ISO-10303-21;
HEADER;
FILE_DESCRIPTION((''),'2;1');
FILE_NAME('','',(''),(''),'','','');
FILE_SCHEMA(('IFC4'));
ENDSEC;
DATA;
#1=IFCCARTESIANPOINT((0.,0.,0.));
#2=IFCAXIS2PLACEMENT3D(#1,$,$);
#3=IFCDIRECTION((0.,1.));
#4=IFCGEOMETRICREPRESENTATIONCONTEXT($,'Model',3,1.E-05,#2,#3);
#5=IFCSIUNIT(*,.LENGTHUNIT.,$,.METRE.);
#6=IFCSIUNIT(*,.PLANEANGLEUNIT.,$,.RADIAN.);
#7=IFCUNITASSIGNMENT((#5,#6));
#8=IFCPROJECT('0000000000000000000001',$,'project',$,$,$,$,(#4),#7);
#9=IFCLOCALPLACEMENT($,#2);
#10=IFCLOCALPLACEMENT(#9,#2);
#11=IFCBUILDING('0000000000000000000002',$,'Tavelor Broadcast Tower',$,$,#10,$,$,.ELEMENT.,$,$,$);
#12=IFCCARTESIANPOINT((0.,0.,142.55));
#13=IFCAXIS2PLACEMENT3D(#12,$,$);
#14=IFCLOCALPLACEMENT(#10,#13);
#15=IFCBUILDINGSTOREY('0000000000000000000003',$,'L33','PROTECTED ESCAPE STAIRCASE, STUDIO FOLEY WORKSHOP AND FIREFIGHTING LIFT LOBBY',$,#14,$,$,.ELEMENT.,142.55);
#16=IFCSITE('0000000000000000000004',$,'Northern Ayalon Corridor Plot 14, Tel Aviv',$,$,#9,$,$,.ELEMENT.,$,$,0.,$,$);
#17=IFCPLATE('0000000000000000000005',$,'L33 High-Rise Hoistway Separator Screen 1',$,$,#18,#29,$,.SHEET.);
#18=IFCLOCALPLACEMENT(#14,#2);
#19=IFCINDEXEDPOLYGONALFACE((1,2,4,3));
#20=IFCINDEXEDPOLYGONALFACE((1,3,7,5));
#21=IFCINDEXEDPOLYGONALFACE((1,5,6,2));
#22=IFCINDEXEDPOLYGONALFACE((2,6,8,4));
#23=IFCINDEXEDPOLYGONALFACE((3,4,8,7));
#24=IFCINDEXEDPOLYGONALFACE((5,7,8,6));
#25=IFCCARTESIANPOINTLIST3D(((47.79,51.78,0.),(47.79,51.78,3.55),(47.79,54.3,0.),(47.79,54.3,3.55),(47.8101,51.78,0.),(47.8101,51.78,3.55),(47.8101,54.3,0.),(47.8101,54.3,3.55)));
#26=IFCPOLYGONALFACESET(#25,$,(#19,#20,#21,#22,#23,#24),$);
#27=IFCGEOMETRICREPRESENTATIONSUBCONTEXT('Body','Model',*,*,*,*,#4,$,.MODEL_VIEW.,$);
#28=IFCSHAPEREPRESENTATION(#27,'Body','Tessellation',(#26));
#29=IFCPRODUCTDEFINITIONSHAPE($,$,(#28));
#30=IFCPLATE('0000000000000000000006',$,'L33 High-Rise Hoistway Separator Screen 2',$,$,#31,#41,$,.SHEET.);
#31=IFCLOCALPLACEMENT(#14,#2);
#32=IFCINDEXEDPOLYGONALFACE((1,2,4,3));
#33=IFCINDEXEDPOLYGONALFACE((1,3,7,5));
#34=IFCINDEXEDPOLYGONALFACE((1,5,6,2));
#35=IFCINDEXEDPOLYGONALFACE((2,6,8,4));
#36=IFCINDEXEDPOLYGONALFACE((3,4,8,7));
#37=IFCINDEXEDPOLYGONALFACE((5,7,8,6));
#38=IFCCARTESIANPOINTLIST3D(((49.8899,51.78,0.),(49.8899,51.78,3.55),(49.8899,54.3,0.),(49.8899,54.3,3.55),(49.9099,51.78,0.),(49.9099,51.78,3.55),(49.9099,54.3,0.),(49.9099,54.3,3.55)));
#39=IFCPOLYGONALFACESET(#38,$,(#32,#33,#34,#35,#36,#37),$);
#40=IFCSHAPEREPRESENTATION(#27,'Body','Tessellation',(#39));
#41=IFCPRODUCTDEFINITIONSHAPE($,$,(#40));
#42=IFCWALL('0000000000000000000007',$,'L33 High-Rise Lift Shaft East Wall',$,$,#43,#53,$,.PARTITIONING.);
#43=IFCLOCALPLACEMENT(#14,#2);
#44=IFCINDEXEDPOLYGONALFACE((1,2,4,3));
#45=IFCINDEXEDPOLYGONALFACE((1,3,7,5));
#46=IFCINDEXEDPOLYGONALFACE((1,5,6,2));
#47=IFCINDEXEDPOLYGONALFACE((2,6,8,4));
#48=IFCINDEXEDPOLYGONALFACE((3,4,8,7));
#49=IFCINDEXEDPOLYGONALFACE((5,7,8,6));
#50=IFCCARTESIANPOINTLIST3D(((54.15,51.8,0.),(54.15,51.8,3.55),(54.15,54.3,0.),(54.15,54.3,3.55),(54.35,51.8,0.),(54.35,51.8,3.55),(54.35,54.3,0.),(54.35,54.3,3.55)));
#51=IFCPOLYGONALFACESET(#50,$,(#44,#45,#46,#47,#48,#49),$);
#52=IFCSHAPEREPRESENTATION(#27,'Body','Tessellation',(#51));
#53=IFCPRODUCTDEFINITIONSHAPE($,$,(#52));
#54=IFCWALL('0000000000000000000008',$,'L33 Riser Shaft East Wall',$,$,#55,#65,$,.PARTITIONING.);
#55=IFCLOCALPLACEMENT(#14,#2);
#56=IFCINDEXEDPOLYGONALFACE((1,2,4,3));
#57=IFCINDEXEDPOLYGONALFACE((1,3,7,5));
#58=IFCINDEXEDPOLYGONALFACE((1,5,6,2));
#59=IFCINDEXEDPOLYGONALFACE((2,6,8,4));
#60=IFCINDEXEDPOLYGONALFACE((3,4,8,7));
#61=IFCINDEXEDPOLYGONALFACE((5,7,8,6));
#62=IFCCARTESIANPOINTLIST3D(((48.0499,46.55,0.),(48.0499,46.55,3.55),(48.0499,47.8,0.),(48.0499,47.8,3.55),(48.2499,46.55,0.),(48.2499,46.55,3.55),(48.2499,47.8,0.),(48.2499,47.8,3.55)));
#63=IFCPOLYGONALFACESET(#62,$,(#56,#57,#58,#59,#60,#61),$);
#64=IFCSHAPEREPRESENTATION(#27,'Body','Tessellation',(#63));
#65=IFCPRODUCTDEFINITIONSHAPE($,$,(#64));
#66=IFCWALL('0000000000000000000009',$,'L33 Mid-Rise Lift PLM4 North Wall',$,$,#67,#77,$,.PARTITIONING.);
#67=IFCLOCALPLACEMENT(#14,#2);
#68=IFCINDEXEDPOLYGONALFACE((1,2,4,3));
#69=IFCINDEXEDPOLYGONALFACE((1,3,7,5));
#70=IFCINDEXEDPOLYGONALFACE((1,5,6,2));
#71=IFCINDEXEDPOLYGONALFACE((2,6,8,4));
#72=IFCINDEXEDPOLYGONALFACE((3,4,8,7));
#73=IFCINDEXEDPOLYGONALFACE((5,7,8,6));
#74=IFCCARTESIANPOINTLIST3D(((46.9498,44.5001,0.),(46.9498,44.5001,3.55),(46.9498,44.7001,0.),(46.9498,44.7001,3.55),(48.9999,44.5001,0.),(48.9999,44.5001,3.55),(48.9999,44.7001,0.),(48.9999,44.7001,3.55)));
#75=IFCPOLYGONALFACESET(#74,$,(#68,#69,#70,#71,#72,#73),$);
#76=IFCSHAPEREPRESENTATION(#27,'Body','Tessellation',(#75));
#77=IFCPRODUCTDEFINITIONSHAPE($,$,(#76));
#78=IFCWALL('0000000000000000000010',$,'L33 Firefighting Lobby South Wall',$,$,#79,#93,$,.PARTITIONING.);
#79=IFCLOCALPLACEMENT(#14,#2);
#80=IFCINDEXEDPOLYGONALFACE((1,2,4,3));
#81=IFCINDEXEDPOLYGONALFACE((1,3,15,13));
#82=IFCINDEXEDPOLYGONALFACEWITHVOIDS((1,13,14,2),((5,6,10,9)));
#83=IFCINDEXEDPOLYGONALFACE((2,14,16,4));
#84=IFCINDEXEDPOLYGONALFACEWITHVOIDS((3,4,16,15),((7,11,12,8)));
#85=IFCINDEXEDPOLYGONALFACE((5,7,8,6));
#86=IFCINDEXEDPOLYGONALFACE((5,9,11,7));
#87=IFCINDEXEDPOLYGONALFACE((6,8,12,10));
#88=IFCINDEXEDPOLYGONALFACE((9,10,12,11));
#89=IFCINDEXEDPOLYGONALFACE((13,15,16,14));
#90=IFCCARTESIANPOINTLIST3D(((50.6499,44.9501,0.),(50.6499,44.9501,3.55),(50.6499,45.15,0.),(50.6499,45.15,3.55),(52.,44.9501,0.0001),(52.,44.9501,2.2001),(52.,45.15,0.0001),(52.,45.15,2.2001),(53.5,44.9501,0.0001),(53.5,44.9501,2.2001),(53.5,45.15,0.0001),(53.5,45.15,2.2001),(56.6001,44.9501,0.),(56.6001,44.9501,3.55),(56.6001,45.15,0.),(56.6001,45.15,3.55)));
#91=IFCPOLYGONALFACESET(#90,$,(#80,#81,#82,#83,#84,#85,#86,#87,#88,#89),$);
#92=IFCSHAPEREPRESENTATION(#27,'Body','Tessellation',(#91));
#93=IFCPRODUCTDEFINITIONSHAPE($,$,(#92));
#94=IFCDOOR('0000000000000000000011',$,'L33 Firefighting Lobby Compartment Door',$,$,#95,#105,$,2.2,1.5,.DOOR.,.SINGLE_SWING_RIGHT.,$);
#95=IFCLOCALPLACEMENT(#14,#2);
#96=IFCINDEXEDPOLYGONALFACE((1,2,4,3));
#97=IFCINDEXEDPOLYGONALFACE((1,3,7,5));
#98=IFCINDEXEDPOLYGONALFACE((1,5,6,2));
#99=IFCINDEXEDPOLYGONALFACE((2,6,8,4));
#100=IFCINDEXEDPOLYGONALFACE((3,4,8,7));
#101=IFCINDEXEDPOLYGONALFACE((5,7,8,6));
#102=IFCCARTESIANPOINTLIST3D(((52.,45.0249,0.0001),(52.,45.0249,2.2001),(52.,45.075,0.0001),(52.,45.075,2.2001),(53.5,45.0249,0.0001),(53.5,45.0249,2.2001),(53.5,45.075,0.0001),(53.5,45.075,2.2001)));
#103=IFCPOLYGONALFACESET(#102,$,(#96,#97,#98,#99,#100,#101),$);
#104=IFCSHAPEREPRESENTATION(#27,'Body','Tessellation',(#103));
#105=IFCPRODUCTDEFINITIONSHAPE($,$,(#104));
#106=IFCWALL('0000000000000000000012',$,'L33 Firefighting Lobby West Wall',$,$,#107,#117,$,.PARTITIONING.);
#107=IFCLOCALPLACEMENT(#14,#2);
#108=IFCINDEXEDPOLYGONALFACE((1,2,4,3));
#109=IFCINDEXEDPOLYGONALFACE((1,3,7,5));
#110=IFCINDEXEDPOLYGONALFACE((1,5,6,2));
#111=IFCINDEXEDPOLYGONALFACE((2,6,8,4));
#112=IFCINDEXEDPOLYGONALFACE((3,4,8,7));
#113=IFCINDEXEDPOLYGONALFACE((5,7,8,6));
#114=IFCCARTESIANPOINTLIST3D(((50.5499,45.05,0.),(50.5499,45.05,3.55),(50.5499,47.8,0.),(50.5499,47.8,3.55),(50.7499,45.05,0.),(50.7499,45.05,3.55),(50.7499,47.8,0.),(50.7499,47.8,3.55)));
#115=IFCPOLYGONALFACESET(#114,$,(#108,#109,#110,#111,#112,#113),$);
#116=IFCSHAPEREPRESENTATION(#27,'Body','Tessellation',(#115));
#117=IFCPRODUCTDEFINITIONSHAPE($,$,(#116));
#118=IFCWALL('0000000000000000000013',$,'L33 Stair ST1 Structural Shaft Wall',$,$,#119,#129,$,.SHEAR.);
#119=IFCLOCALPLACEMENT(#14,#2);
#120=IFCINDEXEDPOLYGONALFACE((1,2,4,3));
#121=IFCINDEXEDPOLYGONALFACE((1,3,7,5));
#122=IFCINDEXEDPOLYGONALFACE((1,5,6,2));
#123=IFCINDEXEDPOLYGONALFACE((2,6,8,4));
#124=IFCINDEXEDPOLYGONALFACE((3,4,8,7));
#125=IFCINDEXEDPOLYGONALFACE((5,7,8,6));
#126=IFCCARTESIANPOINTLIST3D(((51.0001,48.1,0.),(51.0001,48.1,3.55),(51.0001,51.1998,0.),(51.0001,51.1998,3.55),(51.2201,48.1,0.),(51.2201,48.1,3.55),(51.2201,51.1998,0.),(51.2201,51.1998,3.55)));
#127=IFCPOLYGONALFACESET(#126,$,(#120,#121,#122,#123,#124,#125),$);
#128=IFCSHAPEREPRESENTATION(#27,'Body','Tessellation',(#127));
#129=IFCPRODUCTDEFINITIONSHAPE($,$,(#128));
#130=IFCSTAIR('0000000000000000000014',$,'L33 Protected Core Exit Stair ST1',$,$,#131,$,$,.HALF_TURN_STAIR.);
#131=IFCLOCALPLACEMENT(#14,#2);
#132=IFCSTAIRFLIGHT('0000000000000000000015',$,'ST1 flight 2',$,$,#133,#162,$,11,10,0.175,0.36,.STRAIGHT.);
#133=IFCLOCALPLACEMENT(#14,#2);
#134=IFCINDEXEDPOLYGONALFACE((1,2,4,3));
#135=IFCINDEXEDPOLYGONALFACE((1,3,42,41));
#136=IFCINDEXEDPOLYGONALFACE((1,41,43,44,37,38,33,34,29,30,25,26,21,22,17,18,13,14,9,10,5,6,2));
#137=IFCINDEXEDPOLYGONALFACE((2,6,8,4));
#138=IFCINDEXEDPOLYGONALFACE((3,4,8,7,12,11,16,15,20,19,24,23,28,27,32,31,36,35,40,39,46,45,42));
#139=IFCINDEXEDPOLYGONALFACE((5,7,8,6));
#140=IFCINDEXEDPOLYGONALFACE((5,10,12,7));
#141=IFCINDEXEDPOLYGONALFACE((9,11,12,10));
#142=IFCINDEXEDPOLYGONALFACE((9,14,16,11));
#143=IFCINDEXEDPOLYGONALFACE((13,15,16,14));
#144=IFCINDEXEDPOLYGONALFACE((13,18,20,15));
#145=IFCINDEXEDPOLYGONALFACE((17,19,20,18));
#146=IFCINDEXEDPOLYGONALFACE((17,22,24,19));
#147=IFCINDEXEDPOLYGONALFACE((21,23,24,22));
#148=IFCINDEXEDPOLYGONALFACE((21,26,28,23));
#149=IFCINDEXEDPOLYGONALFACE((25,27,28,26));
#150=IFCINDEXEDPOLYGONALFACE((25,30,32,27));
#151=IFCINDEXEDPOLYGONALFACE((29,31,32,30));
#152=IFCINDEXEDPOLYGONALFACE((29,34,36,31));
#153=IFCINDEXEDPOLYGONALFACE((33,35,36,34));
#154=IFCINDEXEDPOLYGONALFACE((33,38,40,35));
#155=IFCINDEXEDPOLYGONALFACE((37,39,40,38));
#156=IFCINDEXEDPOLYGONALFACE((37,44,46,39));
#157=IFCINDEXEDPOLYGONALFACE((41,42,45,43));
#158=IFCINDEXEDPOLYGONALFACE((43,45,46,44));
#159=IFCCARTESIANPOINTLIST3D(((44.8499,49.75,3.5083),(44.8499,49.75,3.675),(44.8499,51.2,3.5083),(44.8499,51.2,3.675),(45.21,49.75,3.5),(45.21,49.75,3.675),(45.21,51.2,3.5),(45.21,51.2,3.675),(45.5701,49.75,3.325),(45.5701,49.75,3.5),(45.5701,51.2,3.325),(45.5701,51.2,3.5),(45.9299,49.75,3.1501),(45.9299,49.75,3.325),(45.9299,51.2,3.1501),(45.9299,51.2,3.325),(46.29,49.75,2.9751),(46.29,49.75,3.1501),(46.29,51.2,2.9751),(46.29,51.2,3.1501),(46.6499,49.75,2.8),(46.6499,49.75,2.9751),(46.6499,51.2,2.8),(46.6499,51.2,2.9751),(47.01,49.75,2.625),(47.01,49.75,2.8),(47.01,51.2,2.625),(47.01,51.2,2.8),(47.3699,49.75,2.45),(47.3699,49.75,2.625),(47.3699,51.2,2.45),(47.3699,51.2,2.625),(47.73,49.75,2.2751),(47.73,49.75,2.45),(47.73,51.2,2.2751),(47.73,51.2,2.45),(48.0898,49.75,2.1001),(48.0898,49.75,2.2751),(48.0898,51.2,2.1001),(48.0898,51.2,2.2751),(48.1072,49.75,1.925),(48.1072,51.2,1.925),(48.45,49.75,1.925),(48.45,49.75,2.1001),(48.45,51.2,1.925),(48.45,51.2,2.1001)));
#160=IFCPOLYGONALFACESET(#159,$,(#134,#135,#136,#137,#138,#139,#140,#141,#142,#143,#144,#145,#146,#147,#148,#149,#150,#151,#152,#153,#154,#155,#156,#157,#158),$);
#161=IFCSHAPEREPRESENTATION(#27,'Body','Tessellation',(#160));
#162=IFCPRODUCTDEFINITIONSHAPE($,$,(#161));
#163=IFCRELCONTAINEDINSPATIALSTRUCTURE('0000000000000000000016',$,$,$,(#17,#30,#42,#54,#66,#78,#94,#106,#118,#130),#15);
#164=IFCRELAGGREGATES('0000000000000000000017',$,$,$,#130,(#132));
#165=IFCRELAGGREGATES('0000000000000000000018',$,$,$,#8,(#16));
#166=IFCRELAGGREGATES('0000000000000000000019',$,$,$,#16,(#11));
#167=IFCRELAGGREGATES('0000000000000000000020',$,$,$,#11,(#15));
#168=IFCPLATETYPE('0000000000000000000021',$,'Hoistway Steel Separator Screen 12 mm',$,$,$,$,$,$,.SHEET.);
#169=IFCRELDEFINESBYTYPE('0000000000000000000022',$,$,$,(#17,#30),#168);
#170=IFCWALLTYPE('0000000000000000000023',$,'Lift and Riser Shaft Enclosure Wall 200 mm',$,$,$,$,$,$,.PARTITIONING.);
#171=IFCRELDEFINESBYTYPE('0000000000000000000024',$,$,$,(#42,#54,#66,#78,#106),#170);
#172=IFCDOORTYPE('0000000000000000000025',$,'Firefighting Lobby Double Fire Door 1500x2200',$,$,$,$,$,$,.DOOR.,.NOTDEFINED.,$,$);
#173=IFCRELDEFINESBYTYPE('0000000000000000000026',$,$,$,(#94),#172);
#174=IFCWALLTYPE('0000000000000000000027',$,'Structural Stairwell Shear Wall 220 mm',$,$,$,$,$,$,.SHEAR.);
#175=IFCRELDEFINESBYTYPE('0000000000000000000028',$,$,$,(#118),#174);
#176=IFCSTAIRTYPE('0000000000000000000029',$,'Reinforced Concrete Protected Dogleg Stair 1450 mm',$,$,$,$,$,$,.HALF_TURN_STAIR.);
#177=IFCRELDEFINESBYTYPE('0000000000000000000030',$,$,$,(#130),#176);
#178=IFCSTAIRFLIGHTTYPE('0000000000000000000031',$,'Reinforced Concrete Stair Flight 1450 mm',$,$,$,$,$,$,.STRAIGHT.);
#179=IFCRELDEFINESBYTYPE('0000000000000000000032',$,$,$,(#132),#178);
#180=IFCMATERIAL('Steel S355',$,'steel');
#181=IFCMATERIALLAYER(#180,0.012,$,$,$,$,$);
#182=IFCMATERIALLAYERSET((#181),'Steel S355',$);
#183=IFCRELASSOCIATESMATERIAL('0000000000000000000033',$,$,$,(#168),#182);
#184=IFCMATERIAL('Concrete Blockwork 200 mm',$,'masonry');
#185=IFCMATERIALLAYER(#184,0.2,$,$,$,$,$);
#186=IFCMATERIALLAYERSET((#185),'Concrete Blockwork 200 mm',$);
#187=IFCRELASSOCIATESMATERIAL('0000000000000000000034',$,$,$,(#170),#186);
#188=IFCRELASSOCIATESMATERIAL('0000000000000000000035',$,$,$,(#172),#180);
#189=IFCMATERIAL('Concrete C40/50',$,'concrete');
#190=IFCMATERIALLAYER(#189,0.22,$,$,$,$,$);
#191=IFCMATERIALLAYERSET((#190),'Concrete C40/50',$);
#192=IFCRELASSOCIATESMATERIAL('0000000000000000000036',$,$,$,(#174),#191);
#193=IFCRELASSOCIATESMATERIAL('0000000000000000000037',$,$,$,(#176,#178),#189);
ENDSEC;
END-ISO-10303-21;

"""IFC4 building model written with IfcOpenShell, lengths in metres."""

from ifc_helpers import new_model, si_unit, direction, frame, frame_2d, origin, origin_2d, place, context, subcontext, project, spatial, polyline, rectangle, outline, extrude, source, transform, mapped, material, layer, layer_set, type_object, type_shapes, element, fill, aggregate, save


model = new_model("IFC4")

# Units and contexts
model_context = context("Model", 3, precision=1e-05, world=origin(), true_north=direction((0.0, 1.0)))
body_context = subcontext(model_context, "Body", "Model", "MODEL_VIEW")
ifc_project = project(units=[si_unit("LENGTHUNIT", "METRE"), si_unit("PLANEANGLEUNIT", "RADIAN")], contexts=[model_context])

# Site, building, storey
site_placement = place(None, origin())
site = spatial("IfcSite", under=ifc_project, at=site_placement, Name="Northern Ayalon Corridor Plot 14, Tel Aviv", CompositionType="ELEMENT", RefElevation=0.0)
building_placement = place(site_placement, origin())
building = spatial("IfcBuilding", under=site, at=building_placement, Name="Tavelor Broadcast Tower", CompositionType="ELEMENT")
storey_placement = place(building_placement, frame((0.0, 0.0, 142.55)))
storey = spatial("IfcBuildingStorey", under=building, at=storey_placement, Name="L33", Description="PROTECTED ESCAPE STAIRCASE, STUDIO FOLEY WORKSHOP AND FIREFIGHTING LIFT LOBBY", CompositionType="ELEMENT", Elevation=142.55)

# Shared definitions
ifc_material_1 = material(Name="Concrete C40/50", Category="concrete")
ifc_material_2 = material(Name="Steel S355", Category="steel")

# Plates
ifc_layer_1 = layer(ifc_material_2, 0.012)
ifc_layer_set_1 = layer_set([ifc_layer_1], Name="Steel S355")
plate_type = type_object("IfcPlateType", Name="Hoistway Steel Separator Screen 12 mm", PredefinedType="SHEET", material=ifc_layer_set_1)
shared_shape = source(origin(), body_context, "Body", "SweptSolid", [
    extrude(rectangle(XDim=0.02, YDim=2.52, at=origin_2d()), origin(), (0.0, 0.0, 1.0), 3.55),
])
type_shapes(plate_type, [shared_shape])
for number, where, z_axis, x_axis, name in (
    (1, (47.8, 53.04, 0.0), (0.0, 0.0, 1.0), (1.0, 0.0, 0.0), "L33 High-Rise Hoistway Separator Screen 1"),
    (2, (49.8999, 53.04, 0.0), (0.0, 0.0, 1.0), (1.0, 0.0, 0.0), "L33 High-Rise Hoistway Separator Screen 2"),
):
    element("IfcPlate", number, at=place(storey_placement, frame(where, z_axis=z_axis, x_axis=x_axis)), inside=storey, type_object=plate_type, Name=name, PredefinedType="SHEET", context=body_context, shape_type="MappedRepresentation", body=[
        mapped(shared_shape, transform((0.0, 0.0, 0.0), scale=1.0)),
    ])

# Walls
ifc_material_3 = material(Name="Concrete Blockwork 200 mm", Category="masonry")
ifc_layer_2 = layer(ifc_material_3, 0.2)
ifc_layer_set_2 = layer_set([ifc_layer_2], Name="Concrete Blockwork 200 mm")
wall_type_1 = type_object("IfcWallType", Name="Lift and Riser Shaft Enclosure Wall 200 mm", PredefinedType="PARTITIONING", material=ifc_layer_set_2)
wall_1_placement = place(storey_placement, frame((54.25, 51.8, 0.0), z_axis=(0.0, 0.0, 1.0), x_axis=(0.0, 1.0, 0.0)))
element("IfcWall", 3, at=wall_1_placement, inside=storey, type_object=wall_type_1, Name="L33 High-Rise Lift Shaft East Wall", PredefinedType="PARTITIONING", context=body_context, shape_type="SweptSolid", body=[
    extrude(rectangle(XDim=2.5, YDim=0.2, at=frame_2d((1.25, 0.0))), origin(), (0.0, 0.0, 1.0), 3.55),
])
wall_2_placement = place(storey_placement, frame((48.1499, 46.55, 0.0), z_axis=(0.0, 0.0, 1.0), x_axis=(0.0, 1.0, 0.0)))
element("IfcWall", 4, at=wall_2_placement, inside=storey, type_object=wall_type_1, Name="L33 Riser Shaft East Wall", PredefinedType="PARTITIONING", context=body_context, shape_type="SweptSolid", body=[
    extrude(rectangle(XDim=1.25, YDim=0.2, at=frame_2d((0.625, 0.0))), origin(), (0.0, 0.0, 1.0), 3.55),
])
wall_3_placement = place(storey_placement, frame((46.95, 44.6001, 0.0), z_axis=(0.0, 0.0, 1.0), x_axis=(1.0, 0.0, 0.0)))
element("IfcWall", 5, at=wall_3_placement, inside=storey, type_object=wall_type_1, Name="L33 Mid-Rise Lift PLM4 North Wall", PredefinedType="PARTITIONING", context=body_context, shape_type="SweptSolid", body=[
    extrude(rectangle(XDim=2.05, YDim=0.2, at=frame_2d((1.0249, 0.0))), origin(), (0.0, 0.0, 1.0), 3.55),
])

# Wall, opening, door
wall_4_placement = place(storey_placement, frame((50.6499, 45.05, 0.0), z_axis=(0.0, 0.0, 1.0), x_axis=(1.0, 0.0, 0.0)))
wall_4 = element("IfcWall", 6, at=wall_4_placement, inside=storey, type_object=wall_type_1, Name="L33 Firefighting Lobby South Wall", PredefinedType="PARTITIONING", context=body_context, shape_type="SweptSolid", body=[
    extrude(rectangle(XDim=5.9502, YDim=0.2, at=frame_2d((2.9751, 0.0))), origin(), (0.0, 0.0, 1.0), 3.55),
])
opening_placement = place(wall_4_placement, frame((1.3501, 0.0, 0.0)))
opening = element("IfcOpeningElement", 7, at=opening_placement, cuts=wall_4, PredefinedType="OPENING", context=body_context, shape_type="SweptSolid", body=[
    extrude(rectangle(XDim=1.5, YDim=2.2, at=frame_2d((0.75, 1.1001))), frame((0.0, 0.1099, 0.0), z_axis=(0.0, -1.0, 0.0), x_axis=(1.0, 0.0, 0.0)), (0.0, 0.0, 1.0), 0.22),
])
door_type = type_object("IfcDoorType", Name="Firefighting Lobby Double Fire Door 1500x2200", OperationType="NOTDEFINED", PredefinedType="DOOR", material=ifc_material_2)
door_placement = place(opening_placement, origin())
door = element("IfcDoor", 8, at=door_placement, inside=storey, type_object=door_type, Name="L33 Firefighting Lobby Compartment Door", OperationType="SINGLE_SWING_RIGHT", OverallHeight=2.2, OverallWidth=1.5, PredefinedType="DOOR", context=body_context, shape_type="SweptSolid", body=[
    extrude(rectangle(XDim=1.5, YDim=2.2, at=frame_2d((0.75, 1.1001))), frame((0.0, 0.0249, 0.0), z_axis=(0.0, -1.0, 0.0), x_axis=(1.0, 0.0, 0.0)), (0.0, 0.0, 1.0), 0.05),
])
fill(opening, door)

# Walls
wall_5_placement = place(storey_placement, frame((50.6499, 45.05, 0.0), z_axis=(0.0, 0.0, 1.0), x_axis=(0.0, 1.0, 0.0)))
element("IfcWall", 9, at=wall_5_placement, inside=storey, type_object=wall_type_1, Name="L33 Firefighting Lobby West Wall", PredefinedType="PARTITIONING", context=body_context, shape_type="SweptSolid", body=[
    extrude(rectangle(XDim=2.75, YDim=0.2, at=frame_2d((1.375, 0.0))), origin(), (0.0, 0.0, 1.0), 3.55),
])
ifc_layer_3 = layer(ifc_material_1, 0.22)
ifc_layer_set_3 = layer_set([ifc_layer_3], Name="Concrete C40/50")
wall_type_2 = type_object("IfcWallType", Name="Structural Stairwell Shear Wall 220 mm", PredefinedType="SHEAR", material=ifc_layer_set_3)
wall_6_placement = place(storey_placement, frame((51.1101, 48.1001, 0.0), z_axis=(0.0, 0.0, 1.0), x_axis=(0.0, 1.0, 0.0)))
element("IfcWall", 10, at=wall_6_placement, inside=storey, type_object=wall_type_2, Name="L33 Stair ST1 Structural Shaft Wall", PredefinedType="SHEAR", context=body_context, shape_type="SweptSolid", body=[
    extrude(rectangle(XDim=3.0999, YDim=0.22, at=frame_2d((1.5498, 0.0))), origin(), (0.0, 0.0, 1.0), 3.55),
])

# Stair, stair flight
stair_type = type_object("IfcStairType", Name="Reinforced Concrete Protected Dogleg Stair 1450 mm", PredefinedType="HALF_TURN_STAIR", material=ifc_material_1)
stair_placement = place(storey_placement, origin())
stair = element("IfcStair", 11, at=stair_placement, inside=storey, type_object=stair_type, Name="L33 Protected Core Exit Stair ST1", PredefinedType="HALF_TURN_STAIR")
stair_flight_type = type_object("IfcStairFlightType", Name="Reinforced Concrete Stair Flight 1450 mm", PredefinedType="STRAIGHT", material=ifc_material_1)
stair_flight_placement = place(storey_placement, frame((48.45, 50.4751, 1.925), z_axis=(0.0, 0.0, 1.0), x_axis=(-1.0, 0.0, 0.0)))
stair_flight = element("IfcStairFlight", 12, at=stair_flight_placement, type_object=stair_flight_type, Name="ST1 flight 2", NumberOfRisers=11, NumberOfTreads=10, PredefinedType="STRAIGHT", RiserHeight=0.175, TreadLength=0.36, context=body_context, shape_type="SweptSolid", body=[
    extrude(outline(polyline([(0.0, 0.0), (0.0, 0.175), (0.3601, 0.175), (0.3601, 0.3501), (0.72, 0.3501), (0.72, 0.5249), (1.0801, 0.5249), (1.0801, 0.7), (1.4399, 0.7), (1.4399, 0.875), (1.8, 0.875), (1.8, 1.05), (2.1599, 1.05), (2.1599, 1.2251), (2.52, 1.2251), (2.52, 1.3999), (2.8799, 1.3999), (2.8799, 1.575), (3.24, 1.575), (3.24, 1.75), (3.6001, 1.75), (3.6001, 1.925), (3.6001, 1.5833), (0.3428, 0.0), (0.0, 0.0)])), frame((0.0, 0.7251, 0.0), z_axis=(0.0, -1.0, 0.0), x_axis=(1.0, 0.0, 0.0)), (0.0, 0.0, 1.0), 1.45),
])
aggregate(stair, [stair_flight])

save(model, "model.ifc")
